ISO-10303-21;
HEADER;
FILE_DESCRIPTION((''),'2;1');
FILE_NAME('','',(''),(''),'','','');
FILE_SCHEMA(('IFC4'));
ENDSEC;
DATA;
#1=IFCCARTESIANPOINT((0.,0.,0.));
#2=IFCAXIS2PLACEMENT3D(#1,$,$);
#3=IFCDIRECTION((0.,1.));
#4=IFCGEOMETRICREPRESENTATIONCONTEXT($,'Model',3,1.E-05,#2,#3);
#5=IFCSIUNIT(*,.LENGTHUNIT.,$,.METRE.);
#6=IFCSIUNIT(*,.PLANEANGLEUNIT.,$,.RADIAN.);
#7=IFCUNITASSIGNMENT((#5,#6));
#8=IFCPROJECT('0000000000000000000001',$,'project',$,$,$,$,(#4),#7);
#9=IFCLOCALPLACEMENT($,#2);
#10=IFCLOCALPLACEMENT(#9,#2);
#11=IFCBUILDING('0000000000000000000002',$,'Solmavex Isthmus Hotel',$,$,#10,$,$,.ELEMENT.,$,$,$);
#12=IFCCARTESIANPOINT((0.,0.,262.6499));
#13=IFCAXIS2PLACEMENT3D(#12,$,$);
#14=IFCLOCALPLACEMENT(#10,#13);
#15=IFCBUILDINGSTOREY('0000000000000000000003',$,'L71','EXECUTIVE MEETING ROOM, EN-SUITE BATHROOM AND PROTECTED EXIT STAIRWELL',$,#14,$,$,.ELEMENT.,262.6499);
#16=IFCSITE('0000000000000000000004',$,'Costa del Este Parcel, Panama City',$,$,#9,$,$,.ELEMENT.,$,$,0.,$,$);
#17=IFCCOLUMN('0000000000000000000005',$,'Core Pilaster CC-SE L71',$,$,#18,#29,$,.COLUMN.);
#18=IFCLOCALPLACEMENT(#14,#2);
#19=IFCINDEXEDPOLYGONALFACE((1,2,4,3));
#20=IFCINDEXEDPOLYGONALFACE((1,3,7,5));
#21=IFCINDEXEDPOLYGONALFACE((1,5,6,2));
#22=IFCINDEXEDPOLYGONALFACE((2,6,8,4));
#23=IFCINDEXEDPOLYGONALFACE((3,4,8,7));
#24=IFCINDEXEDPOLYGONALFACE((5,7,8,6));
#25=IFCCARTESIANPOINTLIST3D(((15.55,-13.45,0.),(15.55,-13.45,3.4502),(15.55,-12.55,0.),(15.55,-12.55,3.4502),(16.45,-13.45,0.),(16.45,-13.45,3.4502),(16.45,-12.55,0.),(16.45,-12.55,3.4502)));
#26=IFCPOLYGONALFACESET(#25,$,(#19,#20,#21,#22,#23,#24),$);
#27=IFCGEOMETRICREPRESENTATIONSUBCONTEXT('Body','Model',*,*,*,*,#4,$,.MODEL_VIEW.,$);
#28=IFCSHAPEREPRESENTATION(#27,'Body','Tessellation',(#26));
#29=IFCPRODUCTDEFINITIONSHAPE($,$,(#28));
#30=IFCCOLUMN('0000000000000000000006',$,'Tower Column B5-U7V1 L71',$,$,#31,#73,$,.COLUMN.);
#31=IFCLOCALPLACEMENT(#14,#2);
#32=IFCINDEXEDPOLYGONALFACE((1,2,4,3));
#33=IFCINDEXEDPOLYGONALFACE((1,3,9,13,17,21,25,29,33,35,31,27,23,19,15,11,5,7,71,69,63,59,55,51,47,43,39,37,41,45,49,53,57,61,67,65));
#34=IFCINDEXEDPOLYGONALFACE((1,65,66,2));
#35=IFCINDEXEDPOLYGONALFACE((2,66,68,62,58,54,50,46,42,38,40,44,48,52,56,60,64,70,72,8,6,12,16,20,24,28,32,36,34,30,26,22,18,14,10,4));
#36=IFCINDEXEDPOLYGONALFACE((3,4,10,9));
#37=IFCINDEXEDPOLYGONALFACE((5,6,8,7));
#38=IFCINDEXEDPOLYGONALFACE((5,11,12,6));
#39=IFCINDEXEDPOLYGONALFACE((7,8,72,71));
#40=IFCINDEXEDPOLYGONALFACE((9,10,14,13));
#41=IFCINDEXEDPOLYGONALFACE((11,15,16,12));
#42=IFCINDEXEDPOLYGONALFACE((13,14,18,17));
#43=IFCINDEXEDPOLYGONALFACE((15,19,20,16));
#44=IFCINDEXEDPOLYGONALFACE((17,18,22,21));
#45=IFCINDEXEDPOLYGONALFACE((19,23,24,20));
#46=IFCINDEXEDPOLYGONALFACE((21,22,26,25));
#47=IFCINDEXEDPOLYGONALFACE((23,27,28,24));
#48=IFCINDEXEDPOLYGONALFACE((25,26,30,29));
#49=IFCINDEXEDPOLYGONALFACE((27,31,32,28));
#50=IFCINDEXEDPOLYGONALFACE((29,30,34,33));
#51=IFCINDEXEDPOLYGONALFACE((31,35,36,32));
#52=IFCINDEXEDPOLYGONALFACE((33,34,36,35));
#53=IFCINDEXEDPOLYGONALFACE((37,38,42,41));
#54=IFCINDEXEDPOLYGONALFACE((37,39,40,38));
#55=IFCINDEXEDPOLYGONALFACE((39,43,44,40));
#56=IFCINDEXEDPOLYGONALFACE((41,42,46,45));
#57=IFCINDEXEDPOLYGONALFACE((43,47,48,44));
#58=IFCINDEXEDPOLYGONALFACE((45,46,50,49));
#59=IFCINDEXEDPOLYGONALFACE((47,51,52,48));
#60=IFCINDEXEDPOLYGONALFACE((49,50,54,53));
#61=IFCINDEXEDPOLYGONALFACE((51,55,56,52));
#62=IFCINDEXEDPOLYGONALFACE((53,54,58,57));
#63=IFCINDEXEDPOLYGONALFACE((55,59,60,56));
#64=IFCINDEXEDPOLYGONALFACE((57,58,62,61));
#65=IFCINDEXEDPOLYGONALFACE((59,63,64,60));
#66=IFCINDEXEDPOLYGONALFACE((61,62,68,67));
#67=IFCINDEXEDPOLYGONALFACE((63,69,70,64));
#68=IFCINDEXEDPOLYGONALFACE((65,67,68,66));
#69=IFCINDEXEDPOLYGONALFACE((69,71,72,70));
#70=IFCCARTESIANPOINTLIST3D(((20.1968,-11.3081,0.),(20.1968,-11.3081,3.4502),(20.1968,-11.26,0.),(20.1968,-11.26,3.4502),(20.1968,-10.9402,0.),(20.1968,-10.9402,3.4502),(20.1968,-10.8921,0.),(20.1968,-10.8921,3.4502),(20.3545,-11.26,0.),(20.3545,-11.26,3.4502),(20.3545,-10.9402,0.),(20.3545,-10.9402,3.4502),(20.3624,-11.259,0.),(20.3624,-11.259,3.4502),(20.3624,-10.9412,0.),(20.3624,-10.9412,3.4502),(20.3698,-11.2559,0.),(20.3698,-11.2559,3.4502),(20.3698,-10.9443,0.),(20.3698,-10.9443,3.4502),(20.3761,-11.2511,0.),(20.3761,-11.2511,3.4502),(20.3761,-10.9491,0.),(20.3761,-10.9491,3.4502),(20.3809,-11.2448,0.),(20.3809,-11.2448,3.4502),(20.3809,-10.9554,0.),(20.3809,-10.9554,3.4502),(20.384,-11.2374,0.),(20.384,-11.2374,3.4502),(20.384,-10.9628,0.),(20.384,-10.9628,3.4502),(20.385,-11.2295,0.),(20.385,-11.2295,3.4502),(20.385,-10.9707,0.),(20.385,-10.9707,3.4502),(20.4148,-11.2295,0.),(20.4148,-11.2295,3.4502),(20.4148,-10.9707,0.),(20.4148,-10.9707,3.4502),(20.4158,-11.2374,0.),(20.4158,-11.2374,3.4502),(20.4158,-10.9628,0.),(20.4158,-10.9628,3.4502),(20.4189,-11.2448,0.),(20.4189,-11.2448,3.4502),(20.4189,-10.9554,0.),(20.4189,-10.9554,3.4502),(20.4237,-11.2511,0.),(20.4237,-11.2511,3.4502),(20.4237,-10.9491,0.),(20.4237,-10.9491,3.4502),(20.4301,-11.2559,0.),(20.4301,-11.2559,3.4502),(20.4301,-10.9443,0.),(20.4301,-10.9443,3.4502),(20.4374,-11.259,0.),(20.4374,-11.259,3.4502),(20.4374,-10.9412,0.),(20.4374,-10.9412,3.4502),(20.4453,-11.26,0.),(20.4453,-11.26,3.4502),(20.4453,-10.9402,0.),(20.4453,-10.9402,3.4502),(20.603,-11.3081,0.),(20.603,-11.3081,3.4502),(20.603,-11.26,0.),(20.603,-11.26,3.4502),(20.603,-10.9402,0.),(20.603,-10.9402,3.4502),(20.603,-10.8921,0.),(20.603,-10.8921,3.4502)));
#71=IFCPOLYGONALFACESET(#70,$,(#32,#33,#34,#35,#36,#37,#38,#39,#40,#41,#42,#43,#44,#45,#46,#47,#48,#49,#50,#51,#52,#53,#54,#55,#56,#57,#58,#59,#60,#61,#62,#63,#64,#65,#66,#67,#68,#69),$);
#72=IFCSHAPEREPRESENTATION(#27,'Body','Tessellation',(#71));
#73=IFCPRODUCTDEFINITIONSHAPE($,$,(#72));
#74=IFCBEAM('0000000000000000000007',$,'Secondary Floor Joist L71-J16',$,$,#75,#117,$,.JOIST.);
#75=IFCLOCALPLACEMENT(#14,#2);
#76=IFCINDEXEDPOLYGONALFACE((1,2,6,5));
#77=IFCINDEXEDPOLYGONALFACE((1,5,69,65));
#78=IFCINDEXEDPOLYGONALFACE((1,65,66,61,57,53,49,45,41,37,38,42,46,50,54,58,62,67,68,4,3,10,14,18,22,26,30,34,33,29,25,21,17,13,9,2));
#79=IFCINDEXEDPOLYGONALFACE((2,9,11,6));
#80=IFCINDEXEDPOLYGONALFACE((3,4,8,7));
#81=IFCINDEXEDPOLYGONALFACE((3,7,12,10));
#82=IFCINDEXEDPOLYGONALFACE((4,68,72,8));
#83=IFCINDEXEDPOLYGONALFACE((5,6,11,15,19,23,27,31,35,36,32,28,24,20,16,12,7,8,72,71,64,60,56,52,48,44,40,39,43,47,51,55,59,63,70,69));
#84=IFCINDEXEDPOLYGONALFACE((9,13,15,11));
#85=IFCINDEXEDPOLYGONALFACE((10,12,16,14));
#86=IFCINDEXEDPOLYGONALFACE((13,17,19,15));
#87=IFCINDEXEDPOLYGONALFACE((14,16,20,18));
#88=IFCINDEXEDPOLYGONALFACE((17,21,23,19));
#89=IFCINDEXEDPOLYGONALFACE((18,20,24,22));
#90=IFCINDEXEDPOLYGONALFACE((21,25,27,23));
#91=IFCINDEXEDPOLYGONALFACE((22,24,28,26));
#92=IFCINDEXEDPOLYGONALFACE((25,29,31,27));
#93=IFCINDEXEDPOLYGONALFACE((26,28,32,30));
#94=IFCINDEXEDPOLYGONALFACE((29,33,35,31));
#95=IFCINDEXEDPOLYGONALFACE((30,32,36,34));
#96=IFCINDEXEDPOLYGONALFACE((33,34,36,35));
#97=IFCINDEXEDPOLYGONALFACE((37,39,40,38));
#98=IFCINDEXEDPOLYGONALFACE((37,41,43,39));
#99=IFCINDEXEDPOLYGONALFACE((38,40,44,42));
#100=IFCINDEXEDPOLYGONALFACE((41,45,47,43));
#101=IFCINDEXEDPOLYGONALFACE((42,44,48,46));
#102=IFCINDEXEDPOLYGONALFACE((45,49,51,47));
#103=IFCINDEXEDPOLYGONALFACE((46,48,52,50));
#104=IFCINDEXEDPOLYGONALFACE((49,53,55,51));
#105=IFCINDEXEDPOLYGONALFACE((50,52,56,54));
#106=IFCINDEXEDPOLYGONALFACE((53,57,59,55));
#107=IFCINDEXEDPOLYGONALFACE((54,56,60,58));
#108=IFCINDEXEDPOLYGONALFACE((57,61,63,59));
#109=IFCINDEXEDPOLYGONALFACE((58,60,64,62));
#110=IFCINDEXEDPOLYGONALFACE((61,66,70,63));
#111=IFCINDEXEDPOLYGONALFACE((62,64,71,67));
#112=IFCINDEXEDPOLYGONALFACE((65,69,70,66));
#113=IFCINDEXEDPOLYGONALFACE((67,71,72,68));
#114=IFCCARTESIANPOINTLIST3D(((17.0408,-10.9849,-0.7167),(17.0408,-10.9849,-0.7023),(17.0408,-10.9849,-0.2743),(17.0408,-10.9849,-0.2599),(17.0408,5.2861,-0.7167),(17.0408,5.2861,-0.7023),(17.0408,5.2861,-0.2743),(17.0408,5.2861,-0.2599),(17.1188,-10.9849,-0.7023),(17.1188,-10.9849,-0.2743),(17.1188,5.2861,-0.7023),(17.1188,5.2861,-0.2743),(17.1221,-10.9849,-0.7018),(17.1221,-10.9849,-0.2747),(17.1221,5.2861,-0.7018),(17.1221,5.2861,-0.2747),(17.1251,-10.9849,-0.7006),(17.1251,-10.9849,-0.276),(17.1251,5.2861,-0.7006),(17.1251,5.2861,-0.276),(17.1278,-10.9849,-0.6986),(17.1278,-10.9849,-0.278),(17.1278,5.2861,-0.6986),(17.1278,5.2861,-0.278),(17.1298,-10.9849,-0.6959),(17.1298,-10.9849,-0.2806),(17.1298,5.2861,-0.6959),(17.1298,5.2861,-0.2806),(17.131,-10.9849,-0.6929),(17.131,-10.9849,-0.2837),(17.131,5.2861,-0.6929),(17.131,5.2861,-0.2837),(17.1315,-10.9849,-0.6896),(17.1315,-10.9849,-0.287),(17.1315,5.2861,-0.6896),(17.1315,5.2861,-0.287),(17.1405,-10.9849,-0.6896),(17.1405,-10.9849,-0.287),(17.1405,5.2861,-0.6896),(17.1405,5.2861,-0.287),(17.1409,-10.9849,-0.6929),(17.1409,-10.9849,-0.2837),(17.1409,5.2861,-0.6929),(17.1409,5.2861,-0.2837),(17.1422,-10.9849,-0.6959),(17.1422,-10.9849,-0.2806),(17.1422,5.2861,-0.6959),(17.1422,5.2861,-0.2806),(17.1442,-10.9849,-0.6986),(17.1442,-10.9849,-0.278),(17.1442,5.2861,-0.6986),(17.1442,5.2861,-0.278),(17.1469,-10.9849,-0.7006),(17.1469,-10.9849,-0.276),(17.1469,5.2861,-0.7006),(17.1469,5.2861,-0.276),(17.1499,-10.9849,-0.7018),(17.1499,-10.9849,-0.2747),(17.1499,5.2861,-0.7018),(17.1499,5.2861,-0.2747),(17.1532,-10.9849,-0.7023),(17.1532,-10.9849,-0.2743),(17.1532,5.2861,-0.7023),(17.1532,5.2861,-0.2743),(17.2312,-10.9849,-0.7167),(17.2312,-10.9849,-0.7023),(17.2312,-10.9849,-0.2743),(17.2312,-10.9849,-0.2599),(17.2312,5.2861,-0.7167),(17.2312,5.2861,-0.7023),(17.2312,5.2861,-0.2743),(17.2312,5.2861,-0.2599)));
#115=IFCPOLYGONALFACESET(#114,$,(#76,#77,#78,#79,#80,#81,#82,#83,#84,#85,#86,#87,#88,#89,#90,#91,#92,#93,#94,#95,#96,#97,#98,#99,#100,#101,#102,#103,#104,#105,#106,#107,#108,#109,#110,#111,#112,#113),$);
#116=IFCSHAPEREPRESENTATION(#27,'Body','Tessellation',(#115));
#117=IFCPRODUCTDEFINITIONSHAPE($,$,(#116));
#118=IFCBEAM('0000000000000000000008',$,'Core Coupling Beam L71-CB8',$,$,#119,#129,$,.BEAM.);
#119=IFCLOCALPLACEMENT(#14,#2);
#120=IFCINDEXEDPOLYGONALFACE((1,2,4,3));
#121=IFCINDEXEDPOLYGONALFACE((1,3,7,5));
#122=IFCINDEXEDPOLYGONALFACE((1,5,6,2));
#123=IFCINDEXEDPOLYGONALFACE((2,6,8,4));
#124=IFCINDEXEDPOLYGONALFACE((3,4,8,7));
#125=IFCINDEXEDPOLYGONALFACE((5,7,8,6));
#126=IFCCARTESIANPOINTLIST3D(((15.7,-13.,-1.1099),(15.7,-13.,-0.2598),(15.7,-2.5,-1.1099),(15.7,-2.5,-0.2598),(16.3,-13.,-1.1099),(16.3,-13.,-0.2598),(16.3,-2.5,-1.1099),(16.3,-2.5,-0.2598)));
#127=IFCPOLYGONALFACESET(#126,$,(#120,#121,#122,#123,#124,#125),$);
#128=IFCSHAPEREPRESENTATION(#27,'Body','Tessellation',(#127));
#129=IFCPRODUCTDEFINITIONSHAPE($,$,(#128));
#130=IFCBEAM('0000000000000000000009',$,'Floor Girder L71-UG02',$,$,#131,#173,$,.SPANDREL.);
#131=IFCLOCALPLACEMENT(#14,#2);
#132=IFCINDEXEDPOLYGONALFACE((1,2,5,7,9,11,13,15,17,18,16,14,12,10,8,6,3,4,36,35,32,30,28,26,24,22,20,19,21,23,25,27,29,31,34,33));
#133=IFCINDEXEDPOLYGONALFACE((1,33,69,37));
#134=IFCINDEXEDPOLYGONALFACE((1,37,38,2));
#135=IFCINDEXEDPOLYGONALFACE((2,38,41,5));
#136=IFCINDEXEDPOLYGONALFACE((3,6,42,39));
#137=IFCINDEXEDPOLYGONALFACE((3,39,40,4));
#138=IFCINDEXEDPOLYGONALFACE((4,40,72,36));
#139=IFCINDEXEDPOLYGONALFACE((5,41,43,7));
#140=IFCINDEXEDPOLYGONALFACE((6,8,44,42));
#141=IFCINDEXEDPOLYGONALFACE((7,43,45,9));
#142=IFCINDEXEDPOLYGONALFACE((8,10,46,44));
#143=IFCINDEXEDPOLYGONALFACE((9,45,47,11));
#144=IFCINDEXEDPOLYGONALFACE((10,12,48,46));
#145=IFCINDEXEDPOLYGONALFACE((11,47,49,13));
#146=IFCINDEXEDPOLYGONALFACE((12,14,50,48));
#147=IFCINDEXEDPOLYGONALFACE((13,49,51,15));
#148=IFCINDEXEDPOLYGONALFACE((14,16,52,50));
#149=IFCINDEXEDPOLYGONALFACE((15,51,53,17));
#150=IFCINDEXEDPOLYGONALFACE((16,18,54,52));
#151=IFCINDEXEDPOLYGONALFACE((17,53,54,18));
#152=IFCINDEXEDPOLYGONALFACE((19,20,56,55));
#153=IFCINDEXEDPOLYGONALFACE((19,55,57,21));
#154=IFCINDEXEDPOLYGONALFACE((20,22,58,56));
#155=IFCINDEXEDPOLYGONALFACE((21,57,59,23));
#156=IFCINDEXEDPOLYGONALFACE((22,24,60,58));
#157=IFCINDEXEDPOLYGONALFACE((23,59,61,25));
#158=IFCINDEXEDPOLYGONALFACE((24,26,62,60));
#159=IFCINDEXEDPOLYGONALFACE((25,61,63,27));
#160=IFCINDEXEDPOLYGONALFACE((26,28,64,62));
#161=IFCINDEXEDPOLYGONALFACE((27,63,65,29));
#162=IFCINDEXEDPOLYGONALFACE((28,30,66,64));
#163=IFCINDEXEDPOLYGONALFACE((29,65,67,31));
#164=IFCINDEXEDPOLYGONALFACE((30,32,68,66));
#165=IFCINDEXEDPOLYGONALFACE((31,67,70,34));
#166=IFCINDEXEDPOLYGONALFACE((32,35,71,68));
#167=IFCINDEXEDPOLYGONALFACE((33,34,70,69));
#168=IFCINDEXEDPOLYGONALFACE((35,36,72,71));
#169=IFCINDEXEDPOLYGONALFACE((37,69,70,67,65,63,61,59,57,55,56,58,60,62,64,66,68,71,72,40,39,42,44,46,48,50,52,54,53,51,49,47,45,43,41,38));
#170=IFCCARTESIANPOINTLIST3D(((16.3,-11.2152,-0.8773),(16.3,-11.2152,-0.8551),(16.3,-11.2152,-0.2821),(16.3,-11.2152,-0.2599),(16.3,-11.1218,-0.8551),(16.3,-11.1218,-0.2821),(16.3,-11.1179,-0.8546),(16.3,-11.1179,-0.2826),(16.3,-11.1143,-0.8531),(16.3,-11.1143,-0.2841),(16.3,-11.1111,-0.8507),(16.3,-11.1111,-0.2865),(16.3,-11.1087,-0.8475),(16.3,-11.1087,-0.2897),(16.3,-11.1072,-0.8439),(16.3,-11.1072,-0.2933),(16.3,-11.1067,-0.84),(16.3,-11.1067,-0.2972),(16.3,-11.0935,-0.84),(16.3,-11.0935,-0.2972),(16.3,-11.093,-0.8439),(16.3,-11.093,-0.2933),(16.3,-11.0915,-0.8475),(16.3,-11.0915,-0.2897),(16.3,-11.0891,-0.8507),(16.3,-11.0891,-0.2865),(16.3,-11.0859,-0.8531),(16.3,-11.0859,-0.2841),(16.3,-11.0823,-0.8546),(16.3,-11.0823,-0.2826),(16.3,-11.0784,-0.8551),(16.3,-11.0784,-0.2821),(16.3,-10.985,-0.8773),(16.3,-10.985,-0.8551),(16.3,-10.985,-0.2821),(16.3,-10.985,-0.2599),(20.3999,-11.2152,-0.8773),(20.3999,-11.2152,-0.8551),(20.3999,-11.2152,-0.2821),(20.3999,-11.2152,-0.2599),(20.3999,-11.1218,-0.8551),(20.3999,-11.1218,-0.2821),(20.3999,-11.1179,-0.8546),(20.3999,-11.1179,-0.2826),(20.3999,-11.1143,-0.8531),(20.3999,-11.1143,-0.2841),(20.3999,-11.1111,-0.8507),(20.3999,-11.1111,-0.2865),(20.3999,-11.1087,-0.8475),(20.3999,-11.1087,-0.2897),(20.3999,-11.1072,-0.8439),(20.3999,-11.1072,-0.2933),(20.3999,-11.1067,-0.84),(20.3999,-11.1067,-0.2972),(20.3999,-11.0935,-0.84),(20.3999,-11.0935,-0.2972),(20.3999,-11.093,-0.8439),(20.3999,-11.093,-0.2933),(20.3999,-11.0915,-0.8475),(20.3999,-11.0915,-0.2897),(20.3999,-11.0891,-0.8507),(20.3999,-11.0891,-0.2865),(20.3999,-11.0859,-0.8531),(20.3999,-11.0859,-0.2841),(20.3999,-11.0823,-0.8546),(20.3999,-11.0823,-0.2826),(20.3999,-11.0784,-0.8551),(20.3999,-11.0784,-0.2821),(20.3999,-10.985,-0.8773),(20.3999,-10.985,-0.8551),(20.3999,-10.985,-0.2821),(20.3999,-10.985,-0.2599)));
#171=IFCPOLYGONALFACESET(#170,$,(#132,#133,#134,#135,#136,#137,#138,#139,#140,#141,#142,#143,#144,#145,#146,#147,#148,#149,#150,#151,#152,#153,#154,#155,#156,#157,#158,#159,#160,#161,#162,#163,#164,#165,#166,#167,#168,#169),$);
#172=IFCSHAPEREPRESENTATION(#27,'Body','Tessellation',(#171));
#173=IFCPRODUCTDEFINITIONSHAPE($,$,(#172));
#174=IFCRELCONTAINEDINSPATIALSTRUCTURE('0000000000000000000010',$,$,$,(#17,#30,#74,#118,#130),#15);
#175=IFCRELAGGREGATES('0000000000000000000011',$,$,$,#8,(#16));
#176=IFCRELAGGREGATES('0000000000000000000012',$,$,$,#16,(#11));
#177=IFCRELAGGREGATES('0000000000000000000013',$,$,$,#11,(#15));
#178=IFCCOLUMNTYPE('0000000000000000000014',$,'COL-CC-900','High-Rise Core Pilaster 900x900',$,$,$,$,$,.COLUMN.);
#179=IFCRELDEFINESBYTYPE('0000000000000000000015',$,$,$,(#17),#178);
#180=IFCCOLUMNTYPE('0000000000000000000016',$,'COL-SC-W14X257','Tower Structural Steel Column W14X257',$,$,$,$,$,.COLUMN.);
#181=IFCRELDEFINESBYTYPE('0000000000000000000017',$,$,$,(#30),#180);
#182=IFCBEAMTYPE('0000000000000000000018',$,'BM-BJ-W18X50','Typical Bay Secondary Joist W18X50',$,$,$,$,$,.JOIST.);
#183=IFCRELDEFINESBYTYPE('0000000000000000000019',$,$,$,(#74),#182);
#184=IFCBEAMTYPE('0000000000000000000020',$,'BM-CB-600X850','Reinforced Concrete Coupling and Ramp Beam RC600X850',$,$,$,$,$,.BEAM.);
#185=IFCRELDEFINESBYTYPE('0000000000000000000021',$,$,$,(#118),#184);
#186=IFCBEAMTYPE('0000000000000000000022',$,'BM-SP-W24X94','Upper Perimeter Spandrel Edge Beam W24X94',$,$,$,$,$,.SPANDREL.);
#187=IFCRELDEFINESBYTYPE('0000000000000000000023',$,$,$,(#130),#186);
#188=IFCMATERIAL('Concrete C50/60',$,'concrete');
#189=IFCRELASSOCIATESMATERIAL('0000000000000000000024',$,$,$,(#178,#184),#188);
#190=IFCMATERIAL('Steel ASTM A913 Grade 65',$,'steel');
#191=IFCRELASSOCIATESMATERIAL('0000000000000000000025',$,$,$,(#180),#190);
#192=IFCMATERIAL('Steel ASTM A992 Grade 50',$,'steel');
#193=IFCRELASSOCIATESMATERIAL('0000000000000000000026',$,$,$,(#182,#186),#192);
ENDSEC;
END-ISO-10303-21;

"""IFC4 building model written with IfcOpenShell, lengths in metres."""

from ifc_helpers import new_model, si_unit, direction, frame, origin, origin_2d, place, context, subcontext, project, spatial, rectangle, i_section, extrude, material, material_profile, profile_set, type_object, element, save


model = new_model("IFC4")

# Units and contexts
model_context = context("Model", 3, precision=1e-05, world=origin(), true_north=direction((0.0, 1.0)))
body_context = subcontext(model_context, "Body", "Model", "MODEL_VIEW")
ifc_project = project(units=[si_unit("LENGTHUNIT", "METRE"), si_unit("PLANEANGLEUNIT", "RADIAN")], contexts=[model_context])

# Site, building, storey
site_placement = place(None, origin())
site = spatial("IfcSite", under=ifc_project, at=site_placement, Name="Costa del Este Parcel, Panama City", CompositionType="ELEMENT", RefElevation=0.0)
building_placement = place(site_placement, origin())
building = spatial("IfcBuilding", under=site, at=building_placement, Name="Solmavex Isthmus Hotel", CompositionType="ELEMENT")
storey_placement = place(building_placement, frame((0.0, 0.0, 262.6499)))
storey = spatial("IfcBuildingStorey", under=building, at=storey_placement, Name="L71", Description="EXECUTIVE MEETING ROOM, EN-SUITE BATHROOM AND PROTECTED EXIT STAIRWELL", CompositionType="ELEMENT", Elevation=262.6499)

# Columns
ifc_material_1 = material(Name="Concrete C50/60", Category="concrete")
ifc_material_profile_1 = material_profile(ifc_material_1, rectangle(XDim=0.8999, YDim=0.8999, at=origin_2d()), Name="RC900X900")
ifc_profile_set_1 = profile_set([ifc_material_profile_1], Name="Concrete C50/60")
column_type_1 = type_object("IfcColumnType", Name="COL-CC-900", Description="High-Rise Core Pilaster 900x900", PredefinedType="COLUMN", material=ifc_profile_set_1)
column_1_placement = place(storey_placement, frame((16.0, -13.0, 0.0), z_axis=(0.0, 0.0, 1.0), x_axis=(1.0, 0.0, 0.0)))
element("IfcColumn", 1, at=column_1_placement, inside=storey, type_object=column_type_1, Name="Core Pilaster CC-SE L71", PredefinedType="COLUMN", context=body_context, shape_type="SweptSolid", body=[
    extrude(rectangle(XDim=0.8999, YDim=0.8999, at=origin_2d()), origin(), (0.0, 0.0, 1.0), 3.4502),
])
ifc_material_2 = material(Name="Steel ASTM A913 Grade 65", Category="steel")
ifc_material_profile_2 = material_profile(ifc_material_2, i_section(OverallWidth=0.4062, OverallDepth=0.416, WebThickness=0.0298, FlangeThickness=0.0481, FilletRadius=0.0305, at=origin_2d()), Name="W14X257")
ifc_profile_set_2 = profile_set([ifc_material_profile_2], Name="Steel ASTM A913 Grade 65")
column_type_2 = type_object("IfcColumnType", Name="COL-SC-W14X257", Description="Tower Structural Steel Column W14X257", PredefinedType="COLUMN", material=ifc_profile_set_2)
column_2_placement = place(storey_placement, frame((20.3999, -11.1001, 0.0), z_axis=(0.0, 0.0, 1.0), x_axis=(1.0, 0.0, 0.0)))
element("IfcColumn", 2, at=column_2_placement, inside=storey, type_object=column_type_2, Name="Tower Column B5-U7V1 L71", PredefinedType="COLUMN", context=body_context, shape_type="SweptSolid", body=[
    extrude(i_section(OverallWidth=0.4062, OverallDepth=0.416, WebThickness=0.0298, FlangeThickness=0.0481, FilletRadius=0.0305, at=origin_2d()), origin(), (0.0, 0.0, 1.0), 3.4502),
])

# Beams
ifc_material_3 = material(Name="Steel ASTM A992 Grade 50", Category="steel")
ifc_material_profile_3 = material_profile(ifc_material_3, i_section(OverallWidth=0.1904, OverallDepth=0.4568, WebThickness=0.009, FlangeThickness=0.0144, FilletRadius=0.0127, at=origin_2d()), Name="W18X50")
ifc_profile_set_3 = profile_set([ifc_material_profile_3], Name="Steel ASTM A992 Grade 50")
beam_type_1 = type_object("IfcBeamType", Name="BM-BJ-W18X50", Description="Typical Bay Secondary Joist W18X50", PredefinedType="JOIST", material=ifc_profile_set_3)
beam_1_placement = place(storey_placement, frame((17.136, -10.9849, -0.4883), z_axis=(0.0, 1.0, 0.0), x_axis=(-1.0, 0.0, 0.0)))
element("IfcBeam", 3, at=beam_1_placement, inside=storey, type_object=beam_type_1, Name="Secondary Floor Joist L71-J16", PredefinedType="JOIST", context=body_context, shape_type="SweptSolid", body=[
    extrude(i_section(OverallWidth=0.1904, OverallDepth=0.4568, WebThickness=0.009, FlangeThickness=0.0144, FilletRadius=0.0127, at=origin_2d()), origin(), (0.0, 0.0, 1.0), 16.271),
])
ifc_material_profile_4 = material_profile(ifc_material_1, rectangle(XDim=0.6001, YDim=0.8501, at=origin_2d()), Name="RC600X850")
ifc_profile_set_4 = profile_set([ifc_material_profile_4], Name="Concrete C50/60")
beam_type_2 = type_object("IfcBeamType", Name="BM-CB-600X850", Description="Reinforced Concrete Coupling and Ramp Beam RC600X850", PredefinedType="BEAM", material=ifc_profile_set_4)
beam_2_placement = place(storey_placement, frame((16.0, -13.0, -0.6848), z_axis=(0.0, 1.0, 0.0), x_axis=(-1.0, 0.0, 0.0)))
element("IfcBeam", 4, at=beam_2_placement, inside=storey, type_object=beam_type_2, Name="Core Coupling Beam L71-CB8", PredefinedType="BEAM", context=body_context, shape_type="SweptSolid", body=[
    extrude(rectangle(XDim=0.6001, YDim=0.8501, at=origin_2d()), origin(), (0.0, 0.0, 1.0), 10.5),
])
ifc_material_profile_5 = material_profile(ifc_material_3, i_section(OverallWidth=0.2302, OverallDepth=0.6174, WebThickness=0.0132, FlangeThickness=0.0222, FilletRadius=0.0151, at=origin_2d()), Name="W24X94")
ifc_profile_set_5 = profile_set([ifc_material_profile_5], Name="Steel ASTM A992 Grade 50")
beam_type_3 = type_object("IfcBeamType", Name="BM-SP-W24X94", Description="Upper Perimeter Spandrel Edge Beam W24X94", PredefinedType="SPANDREL", material=ifc_profile_set_5)
beam_3_placement = place(storey_placement, frame((16.3, -11.1001, -0.5686), z_axis=(1.0, 0.0, 0.0), x_axis=(0.0, 1.0, 0.0)))
element("IfcBeam", 5, at=beam_3_placement, inside=storey, type_object=beam_type_3, Name="Floor Girder L71-UG02", PredefinedType="SPANDREL", context=body_context, shape_type="SweptSolid", body=[
    extrude(i_section(OverallWidth=0.2302, OverallDepth=0.6174, WebThickness=0.0132, FlangeThickness=0.0222, FilletRadius=0.0151, at=origin_2d()), origin(), (0.0, 0.0, 1.0), 4.0999),
])

save(model, "model.ifc")
